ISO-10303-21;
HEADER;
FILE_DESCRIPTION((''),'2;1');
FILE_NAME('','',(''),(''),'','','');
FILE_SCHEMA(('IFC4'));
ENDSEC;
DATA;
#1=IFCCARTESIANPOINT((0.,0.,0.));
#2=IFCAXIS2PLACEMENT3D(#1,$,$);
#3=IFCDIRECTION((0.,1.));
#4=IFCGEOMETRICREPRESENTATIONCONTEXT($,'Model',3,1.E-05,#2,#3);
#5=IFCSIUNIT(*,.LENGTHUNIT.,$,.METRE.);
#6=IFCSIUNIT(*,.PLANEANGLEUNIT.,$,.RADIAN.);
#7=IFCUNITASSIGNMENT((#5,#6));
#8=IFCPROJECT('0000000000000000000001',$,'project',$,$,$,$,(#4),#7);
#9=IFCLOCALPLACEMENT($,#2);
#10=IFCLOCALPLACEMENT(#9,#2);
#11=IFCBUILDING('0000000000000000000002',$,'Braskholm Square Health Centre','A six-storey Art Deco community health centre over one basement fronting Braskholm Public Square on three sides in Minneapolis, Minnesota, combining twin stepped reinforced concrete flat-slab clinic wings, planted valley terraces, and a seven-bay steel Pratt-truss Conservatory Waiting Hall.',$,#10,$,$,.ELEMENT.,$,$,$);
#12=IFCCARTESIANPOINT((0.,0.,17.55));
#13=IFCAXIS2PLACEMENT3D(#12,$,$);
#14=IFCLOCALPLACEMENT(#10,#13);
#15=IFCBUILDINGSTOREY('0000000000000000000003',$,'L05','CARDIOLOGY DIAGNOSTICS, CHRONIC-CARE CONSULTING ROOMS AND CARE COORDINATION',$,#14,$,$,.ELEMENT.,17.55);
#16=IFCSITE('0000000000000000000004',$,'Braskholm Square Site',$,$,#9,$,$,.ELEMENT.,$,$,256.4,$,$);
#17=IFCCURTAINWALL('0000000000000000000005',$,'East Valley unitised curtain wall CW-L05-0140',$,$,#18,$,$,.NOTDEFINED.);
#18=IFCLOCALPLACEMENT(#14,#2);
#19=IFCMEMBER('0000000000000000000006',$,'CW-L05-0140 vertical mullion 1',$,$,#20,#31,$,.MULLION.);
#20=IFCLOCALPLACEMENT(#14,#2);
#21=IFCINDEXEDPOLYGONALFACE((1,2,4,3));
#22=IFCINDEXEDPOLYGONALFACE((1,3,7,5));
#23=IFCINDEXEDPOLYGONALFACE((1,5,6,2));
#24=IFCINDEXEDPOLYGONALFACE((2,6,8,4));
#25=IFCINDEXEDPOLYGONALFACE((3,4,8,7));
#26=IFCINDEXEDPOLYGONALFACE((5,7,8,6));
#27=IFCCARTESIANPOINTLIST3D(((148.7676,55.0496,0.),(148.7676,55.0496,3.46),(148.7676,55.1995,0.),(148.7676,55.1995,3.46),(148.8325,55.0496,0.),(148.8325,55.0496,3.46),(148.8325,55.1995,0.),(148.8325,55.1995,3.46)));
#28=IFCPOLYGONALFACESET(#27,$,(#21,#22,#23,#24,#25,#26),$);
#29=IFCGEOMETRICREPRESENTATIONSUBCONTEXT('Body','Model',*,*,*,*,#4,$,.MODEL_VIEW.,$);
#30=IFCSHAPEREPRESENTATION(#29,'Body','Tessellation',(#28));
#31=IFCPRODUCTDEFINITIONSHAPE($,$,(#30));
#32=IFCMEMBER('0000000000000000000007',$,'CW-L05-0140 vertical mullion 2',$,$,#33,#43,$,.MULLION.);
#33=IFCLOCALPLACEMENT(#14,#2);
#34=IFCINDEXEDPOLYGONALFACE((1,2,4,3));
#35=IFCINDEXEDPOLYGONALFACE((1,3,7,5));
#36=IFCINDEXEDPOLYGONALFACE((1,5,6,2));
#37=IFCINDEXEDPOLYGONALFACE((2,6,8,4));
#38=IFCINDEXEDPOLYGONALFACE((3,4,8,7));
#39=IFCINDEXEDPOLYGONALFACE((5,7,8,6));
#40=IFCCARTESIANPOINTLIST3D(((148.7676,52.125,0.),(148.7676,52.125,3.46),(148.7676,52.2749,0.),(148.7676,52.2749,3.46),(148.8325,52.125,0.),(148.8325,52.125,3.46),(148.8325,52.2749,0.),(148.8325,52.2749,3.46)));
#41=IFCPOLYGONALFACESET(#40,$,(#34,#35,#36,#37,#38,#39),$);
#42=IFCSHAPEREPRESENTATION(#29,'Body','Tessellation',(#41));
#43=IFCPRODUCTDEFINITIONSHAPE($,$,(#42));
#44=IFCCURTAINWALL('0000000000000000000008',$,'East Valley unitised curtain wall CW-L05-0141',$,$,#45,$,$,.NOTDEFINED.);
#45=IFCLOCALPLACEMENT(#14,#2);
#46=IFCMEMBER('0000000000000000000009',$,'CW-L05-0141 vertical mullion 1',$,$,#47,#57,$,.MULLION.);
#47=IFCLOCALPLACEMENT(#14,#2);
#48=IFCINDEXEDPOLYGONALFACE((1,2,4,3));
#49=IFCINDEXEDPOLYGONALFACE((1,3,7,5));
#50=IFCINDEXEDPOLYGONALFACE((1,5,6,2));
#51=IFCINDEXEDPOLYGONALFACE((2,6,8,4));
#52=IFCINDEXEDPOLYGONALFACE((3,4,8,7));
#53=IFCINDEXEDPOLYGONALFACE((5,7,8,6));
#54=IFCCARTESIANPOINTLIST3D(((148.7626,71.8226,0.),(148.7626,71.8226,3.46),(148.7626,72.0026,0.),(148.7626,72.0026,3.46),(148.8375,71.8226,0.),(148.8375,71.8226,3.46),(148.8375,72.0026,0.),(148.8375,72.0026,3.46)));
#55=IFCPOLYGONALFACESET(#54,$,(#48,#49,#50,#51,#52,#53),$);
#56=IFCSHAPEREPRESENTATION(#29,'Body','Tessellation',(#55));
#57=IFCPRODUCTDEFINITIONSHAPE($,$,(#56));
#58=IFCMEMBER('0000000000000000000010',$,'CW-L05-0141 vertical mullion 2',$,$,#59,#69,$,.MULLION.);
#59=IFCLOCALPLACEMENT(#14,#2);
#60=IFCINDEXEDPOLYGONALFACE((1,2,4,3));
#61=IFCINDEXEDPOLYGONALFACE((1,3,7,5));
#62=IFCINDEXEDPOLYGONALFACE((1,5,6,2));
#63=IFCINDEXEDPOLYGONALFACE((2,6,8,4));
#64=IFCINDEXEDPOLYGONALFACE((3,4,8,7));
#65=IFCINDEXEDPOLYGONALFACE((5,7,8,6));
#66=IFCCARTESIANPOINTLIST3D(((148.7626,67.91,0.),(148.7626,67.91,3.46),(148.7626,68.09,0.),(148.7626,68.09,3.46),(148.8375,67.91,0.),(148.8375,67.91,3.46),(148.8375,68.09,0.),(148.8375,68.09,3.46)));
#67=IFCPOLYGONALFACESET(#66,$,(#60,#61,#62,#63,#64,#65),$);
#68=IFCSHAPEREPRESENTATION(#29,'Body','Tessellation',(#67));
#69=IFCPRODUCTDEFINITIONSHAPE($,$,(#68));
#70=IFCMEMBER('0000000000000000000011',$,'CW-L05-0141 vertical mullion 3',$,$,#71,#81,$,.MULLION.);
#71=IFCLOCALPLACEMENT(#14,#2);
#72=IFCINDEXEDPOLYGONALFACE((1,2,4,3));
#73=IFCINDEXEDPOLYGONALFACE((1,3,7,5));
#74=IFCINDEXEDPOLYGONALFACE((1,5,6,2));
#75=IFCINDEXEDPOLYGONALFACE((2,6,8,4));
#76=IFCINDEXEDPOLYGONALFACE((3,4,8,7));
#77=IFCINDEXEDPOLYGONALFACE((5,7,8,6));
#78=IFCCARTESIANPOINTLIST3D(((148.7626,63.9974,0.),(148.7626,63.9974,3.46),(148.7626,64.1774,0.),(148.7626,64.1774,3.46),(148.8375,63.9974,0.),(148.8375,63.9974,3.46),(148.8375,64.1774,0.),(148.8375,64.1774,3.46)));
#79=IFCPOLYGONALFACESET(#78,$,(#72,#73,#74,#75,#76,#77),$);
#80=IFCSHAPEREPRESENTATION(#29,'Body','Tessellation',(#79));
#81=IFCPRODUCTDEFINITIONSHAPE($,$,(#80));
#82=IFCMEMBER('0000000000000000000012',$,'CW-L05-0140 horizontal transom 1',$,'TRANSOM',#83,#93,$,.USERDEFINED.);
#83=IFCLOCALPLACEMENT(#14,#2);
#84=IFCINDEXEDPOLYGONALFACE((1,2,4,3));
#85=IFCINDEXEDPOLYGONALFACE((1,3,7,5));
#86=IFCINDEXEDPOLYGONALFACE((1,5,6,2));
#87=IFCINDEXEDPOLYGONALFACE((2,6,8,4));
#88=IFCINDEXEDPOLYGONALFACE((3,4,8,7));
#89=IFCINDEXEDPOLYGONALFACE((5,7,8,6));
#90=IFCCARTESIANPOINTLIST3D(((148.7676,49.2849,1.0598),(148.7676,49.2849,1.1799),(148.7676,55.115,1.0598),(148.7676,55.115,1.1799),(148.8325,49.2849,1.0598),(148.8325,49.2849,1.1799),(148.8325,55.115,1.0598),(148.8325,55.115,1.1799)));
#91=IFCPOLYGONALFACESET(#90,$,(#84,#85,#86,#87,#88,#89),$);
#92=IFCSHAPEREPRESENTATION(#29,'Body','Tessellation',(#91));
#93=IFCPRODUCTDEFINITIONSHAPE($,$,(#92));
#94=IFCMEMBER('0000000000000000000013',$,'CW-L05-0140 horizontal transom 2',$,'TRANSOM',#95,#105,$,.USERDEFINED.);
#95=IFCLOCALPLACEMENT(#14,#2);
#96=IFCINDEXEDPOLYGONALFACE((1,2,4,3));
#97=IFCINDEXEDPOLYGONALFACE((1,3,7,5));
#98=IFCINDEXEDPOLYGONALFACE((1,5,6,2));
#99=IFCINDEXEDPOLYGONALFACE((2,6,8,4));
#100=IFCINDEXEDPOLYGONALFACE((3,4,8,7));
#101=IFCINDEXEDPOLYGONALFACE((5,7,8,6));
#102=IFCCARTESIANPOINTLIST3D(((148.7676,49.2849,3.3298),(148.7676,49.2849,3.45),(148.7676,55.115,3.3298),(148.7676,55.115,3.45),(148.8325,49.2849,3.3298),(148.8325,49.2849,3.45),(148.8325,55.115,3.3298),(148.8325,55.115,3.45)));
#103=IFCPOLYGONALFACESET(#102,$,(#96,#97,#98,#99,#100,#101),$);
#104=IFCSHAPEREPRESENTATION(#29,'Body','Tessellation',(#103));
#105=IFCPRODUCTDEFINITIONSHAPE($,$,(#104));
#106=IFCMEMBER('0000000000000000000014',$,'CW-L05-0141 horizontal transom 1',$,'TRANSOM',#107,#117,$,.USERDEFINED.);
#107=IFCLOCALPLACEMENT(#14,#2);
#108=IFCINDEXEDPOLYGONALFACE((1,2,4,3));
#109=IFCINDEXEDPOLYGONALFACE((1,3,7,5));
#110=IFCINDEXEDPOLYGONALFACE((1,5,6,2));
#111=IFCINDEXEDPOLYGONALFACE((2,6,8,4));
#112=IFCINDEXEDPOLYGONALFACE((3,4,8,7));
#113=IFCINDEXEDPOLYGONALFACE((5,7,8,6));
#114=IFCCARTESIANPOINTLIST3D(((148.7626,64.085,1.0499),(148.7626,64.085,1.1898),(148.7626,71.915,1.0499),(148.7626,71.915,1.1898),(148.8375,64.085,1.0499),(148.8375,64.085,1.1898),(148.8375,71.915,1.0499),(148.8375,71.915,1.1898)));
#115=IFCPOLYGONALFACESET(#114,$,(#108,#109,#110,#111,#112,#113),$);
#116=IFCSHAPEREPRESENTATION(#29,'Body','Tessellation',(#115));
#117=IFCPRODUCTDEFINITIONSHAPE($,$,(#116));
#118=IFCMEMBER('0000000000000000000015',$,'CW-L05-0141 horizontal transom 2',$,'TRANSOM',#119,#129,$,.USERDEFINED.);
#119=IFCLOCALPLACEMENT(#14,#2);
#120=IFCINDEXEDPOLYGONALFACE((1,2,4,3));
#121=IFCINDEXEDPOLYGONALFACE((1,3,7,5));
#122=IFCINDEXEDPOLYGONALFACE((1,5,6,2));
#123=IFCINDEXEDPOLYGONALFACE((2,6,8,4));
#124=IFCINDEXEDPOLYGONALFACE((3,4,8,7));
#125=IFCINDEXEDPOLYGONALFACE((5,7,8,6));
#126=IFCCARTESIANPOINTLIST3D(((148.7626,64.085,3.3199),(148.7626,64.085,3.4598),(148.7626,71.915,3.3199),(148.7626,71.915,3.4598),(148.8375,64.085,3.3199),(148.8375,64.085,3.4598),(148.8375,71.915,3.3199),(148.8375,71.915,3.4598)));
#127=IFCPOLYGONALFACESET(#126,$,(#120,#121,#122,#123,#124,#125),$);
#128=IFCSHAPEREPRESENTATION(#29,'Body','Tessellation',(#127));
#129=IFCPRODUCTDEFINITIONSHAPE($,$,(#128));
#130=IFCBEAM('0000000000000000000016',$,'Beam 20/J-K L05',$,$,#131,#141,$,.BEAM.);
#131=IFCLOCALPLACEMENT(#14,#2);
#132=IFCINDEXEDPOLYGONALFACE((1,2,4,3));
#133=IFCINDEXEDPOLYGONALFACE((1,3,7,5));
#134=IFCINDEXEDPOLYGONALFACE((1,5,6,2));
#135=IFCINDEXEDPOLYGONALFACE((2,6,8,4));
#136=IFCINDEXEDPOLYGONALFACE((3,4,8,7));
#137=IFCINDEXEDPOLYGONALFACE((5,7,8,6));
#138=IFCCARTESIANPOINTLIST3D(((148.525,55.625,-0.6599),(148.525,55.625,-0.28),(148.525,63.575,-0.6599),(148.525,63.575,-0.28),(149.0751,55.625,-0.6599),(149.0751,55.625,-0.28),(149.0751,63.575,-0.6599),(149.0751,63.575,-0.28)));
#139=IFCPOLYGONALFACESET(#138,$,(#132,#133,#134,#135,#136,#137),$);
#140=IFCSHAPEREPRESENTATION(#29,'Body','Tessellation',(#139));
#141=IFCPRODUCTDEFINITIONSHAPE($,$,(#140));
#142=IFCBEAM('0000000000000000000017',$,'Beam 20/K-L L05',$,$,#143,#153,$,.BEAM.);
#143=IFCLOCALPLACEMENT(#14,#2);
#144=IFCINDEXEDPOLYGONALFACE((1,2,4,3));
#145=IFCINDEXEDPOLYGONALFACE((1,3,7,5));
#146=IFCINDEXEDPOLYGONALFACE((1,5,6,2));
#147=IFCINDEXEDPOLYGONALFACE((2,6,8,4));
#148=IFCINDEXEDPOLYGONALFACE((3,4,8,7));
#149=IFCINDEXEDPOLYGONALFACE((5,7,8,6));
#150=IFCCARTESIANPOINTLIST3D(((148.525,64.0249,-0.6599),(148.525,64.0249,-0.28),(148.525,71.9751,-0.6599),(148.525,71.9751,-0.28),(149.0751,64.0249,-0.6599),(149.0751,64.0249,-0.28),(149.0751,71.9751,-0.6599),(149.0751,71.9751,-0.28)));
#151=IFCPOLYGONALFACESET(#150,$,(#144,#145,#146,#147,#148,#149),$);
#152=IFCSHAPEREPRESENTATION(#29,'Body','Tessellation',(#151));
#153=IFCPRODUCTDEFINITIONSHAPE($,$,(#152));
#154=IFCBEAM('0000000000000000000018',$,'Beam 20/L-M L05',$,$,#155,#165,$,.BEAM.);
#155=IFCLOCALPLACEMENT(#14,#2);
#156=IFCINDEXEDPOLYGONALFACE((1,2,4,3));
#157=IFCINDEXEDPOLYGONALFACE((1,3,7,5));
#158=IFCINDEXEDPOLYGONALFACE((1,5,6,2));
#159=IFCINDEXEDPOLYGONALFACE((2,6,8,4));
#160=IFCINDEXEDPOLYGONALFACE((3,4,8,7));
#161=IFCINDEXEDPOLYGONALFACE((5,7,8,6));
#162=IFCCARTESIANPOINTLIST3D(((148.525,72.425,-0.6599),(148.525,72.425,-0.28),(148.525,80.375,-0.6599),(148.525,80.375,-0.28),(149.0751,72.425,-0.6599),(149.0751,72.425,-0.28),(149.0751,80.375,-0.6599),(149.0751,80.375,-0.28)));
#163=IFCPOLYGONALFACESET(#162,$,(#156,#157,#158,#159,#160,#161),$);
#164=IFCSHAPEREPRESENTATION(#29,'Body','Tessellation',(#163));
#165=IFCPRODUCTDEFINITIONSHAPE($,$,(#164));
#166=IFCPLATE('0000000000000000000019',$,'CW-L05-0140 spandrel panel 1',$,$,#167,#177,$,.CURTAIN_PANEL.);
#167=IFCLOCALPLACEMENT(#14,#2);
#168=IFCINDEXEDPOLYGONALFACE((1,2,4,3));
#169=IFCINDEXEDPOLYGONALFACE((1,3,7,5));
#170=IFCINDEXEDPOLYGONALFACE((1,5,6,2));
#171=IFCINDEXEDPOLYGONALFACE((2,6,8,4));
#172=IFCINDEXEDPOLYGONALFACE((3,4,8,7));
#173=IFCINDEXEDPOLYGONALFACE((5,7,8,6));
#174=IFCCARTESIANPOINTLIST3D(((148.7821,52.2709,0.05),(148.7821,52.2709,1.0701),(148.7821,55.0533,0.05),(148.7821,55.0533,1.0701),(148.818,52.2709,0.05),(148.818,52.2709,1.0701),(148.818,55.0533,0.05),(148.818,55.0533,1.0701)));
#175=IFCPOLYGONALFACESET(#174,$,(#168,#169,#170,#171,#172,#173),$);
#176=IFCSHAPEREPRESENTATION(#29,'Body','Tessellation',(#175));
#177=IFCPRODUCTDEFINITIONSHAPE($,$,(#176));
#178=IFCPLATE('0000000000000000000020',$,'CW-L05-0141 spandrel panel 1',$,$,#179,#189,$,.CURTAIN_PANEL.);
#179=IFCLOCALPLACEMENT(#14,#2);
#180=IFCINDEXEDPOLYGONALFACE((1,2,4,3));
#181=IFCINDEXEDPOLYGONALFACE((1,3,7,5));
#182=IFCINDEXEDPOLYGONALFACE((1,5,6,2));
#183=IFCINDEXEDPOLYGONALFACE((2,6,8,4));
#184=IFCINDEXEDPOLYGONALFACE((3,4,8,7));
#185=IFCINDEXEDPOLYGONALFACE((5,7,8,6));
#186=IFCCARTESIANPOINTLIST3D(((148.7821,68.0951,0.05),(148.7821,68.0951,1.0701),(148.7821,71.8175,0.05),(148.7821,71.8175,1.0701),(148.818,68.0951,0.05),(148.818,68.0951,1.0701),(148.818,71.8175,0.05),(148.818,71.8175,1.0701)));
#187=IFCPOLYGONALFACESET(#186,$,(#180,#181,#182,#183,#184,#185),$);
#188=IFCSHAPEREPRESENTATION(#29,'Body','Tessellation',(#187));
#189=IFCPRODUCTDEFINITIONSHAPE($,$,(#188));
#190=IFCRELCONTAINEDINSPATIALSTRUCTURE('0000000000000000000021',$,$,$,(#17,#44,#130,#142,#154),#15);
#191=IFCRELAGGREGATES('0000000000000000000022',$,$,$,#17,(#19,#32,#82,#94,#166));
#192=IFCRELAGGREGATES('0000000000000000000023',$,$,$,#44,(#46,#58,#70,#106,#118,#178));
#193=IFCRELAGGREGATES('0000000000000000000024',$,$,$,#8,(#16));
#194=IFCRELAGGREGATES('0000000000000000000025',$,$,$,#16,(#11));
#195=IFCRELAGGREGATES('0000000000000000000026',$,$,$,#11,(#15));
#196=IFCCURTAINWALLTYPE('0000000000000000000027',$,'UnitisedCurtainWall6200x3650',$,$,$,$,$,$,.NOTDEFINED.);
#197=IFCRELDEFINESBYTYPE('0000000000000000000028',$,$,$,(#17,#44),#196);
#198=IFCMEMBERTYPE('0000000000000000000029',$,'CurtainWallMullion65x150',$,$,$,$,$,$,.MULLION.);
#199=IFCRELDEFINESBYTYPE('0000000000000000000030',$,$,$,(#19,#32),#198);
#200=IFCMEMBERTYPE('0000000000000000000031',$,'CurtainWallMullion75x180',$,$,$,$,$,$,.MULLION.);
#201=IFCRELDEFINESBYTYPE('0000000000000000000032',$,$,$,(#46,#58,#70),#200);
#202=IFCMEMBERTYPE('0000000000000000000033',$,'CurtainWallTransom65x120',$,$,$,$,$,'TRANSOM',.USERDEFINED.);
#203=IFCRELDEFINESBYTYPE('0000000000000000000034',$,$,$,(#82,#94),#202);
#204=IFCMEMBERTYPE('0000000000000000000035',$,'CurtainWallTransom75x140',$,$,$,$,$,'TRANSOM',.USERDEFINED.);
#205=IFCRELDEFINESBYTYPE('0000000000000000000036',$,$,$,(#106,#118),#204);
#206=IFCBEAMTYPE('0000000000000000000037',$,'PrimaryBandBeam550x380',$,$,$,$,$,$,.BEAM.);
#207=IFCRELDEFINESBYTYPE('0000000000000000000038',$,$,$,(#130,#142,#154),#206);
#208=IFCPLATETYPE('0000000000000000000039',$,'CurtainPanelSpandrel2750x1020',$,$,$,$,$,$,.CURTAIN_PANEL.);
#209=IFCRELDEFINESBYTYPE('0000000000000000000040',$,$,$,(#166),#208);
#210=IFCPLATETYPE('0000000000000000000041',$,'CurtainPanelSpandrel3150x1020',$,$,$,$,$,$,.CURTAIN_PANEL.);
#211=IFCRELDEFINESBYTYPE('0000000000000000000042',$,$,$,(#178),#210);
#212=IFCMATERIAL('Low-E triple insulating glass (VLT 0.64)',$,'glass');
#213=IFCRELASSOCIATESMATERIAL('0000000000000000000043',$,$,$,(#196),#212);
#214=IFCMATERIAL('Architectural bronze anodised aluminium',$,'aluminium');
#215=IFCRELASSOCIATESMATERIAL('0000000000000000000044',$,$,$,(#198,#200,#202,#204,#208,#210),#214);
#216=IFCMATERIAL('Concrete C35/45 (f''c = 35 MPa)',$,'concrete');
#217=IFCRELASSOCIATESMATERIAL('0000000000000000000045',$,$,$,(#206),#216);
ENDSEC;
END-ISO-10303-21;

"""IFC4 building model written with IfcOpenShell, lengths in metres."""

from ifc_helpers import new_model, si_unit, direction, frame, origin, origin_2d, place, context, subcontext, project, spatial, rectangle, extrude, material, material_profile, profile_set, type_object, element, aggregate, save


model = new_model("IFC4")

# Units and contexts
model_context = context("Model", 3, precision=1e-05, world=origin(), true_north=direction((0.0, 1.0)))
body_context = subcontext(model_context, "Body", "Model", "MODEL_VIEW")
ifc_project = project(units=[si_unit("LENGTHUNIT", "METRE"), si_unit("PLANEANGLEUNIT", "RADIAN")], contexts=[model_context])

# Site, building, storey
site_placement = place(None, origin())
site = spatial("IfcSite", under=ifc_project, at=site_placement, Name="Braskholm Square Site", CompositionType="ELEMENT", RefElevation=256.4)
building_placement = place(site_placement, origin())
building = spatial("IfcBuilding", under=site, at=building_placement, Name="Braskholm Square Health Centre", Description="A six-storey Art Deco community health centre over one basement fronting Braskholm Public Square on three sides in Minneapolis, Minnesota, combining twin stepped reinforced concrete flat-slab clinic wings, planted valley terraces, and a seven-bay steel Pratt-truss Conservatory Waiting Hall.", CompositionType="ELEMENT")
storey_placement = place(building_placement, frame((0.0, 0.0, 17.55)))
storey = spatial("IfcBuildingStorey", under=building, at=storey_placement, Name="L05", Description="CARDIOLOGY DIAGNOSTICS, CHRONIC-CARE CONSULTING ROOMS AND CARE COORDINATION", CompositionType="ELEMENT", Elevation=17.55)

# Curtain walls, members
ifc_material_1 = material(Name="Low-E triple insulating glass (VLT 0.64)", Category="glass")
curtain_wall_type = type_object("IfcCurtainWallType", Name="UnitisedCurtainWall6200x3650", PredefinedType="NOTDEFINED", material=ifc_material_1)
curtain_wall_1_placement = place(storey_placement, origin())
curtain_wall_1 = element("IfcCurtainWall", 1, at=curtain_wall_1_placement, inside=storey, type_object=curtain_wall_type, Name="East Valley unitised curtain wall CW-L05-0140", PredefinedType="NOTDEFINED")
ifc_material_2 = material(Name="Architectural bronze anodised aluminium", Category="aluminium")
ifc_material_profile_1 = material_profile(ifc_material_2, rectangle(XDim=0.0649, YDim=0.1499, at=origin_2d()), Name="ALU-65X150")
ifc_profile_set_1 = profile_set([ifc_material_profile_1], Name="Architectural bronze anodised aluminium")
member_type_1 = type_object("IfcMemberType", Name="CurtainWallMullion65x150", PredefinedType="MULLION", material=ifc_profile_set_1)
member_1_placement = place(storey_placement, frame((148.8, 55.1245, 0.0), z_axis=(0.0, 0.0, 1.0), x_axis=(1.0, 0.0, 0.0)))
member_1 = element("IfcMember", 2, at=member_1_placement, type_object=member_type_1, Name="CW-L05-0140 vertical mullion 1", PredefinedType="MULLION", context=body_context, shape_type="SweptSolid", body=[
    extrude(rectangle(XDim=0.0649, YDim=0.1499, at=origin_2d()), origin(), (0.0, 0.0, 1.0), 3.46),
])
member_2_placement = place(storey_placement, frame((148.8, 52.2, 0.0), z_axis=(0.0, 0.0, 1.0), x_axis=(1.0, 0.0, 0.0)))
member_2 = element("IfcMember", 3, at=member_2_placement, type_object=member_type_1, Name="CW-L05-0140 vertical mullion 2", PredefinedType="MULLION", context=body_context, shape_type="SweptSolid", body=[
    extrude(rectangle(XDim=0.0649, YDim=0.1499, at=origin_2d()), origin(), (0.0, 0.0, 1.0), 3.46),
])
curtain_wall_2_placement = place(storey_placement, origin())
curtain_wall_2 = element("IfcCurtainWall", 4, at=curtain_wall_2_placement, inside=storey, type_object=curtain_wall_type, Name="East Valley unitised curtain wall CW-L05-0141", PredefinedType="NOTDEFINED")
ifc_material_profile_2 = material_profile(ifc_material_2, rectangle(XDim=0.075, YDim=0.1799, at=origin_2d()), Name="ALU-75X180")
ifc_profile_set_2 = profile_set([ifc_material_profile_2], Name="Architectural bronze anodised aluminium")
member_type_2 = type_object("IfcMemberType", Name="CurtainWallMullion75x180", PredefinedType="MULLION", material=ifc_profile_set_2)
member_3_placement = place(storey_placement, frame((148.8, 71.9126, 0.0), z_axis=(0.0, 0.0, 1.0), x_axis=(1.0, 0.0, 0.0)))
member_3 = element("IfcMember", 5, at=member_3_placement, type_object=member_type_2, Name="CW-L05-0141 vertical mullion 1", PredefinedType="MULLION", context=body_context, shape_type="SweptSolid", body=[
    extrude(rectangle(XDim=0.075, YDim=0.1799, at=origin_2d()), origin(), (0.0, 0.0, 1.0), 3.46),
])
member_4_placement = place(storey_placement, frame((148.8, 68.0, 0.0), z_axis=(0.0, 0.0, 1.0), x_axis=(1.0, 0.0, 0.0)))
member_4 = element("IfcMember", 6, at=member_4_placement, type_object=member_type_2, Name="CW-L05-0141 vertical mullion 2", PredefinedType="MULLION", context=body_context, shape_type="SweptSolid", body=[
    extrude(rectangle(XDim=0.075, YDim=0.1799, at=origin_2d()), origin(), (0.0, 0.0, 1.0), 3.46),
])
member_5_placement = place(storey_placement, frame((148.8, 64.0874, 0.0), z_axis=(0.0, 0.0, 1.0), x_axis=(1.0, 0.0, 0.0)))
member_5 = element("IfcMember", 7, at=member_5_placement, type_object=member_type_2, Name="CW-L05-0141 vertical mullion 3", PredefinedType="MULLION", context=body_context, shape_type="SweptSolid", body=[
    extrude(rectangle(XDim=0.075, YDim=0.1799, at=origin_2d()), origin(), (0.0, 0.0, 1.0), 3.46),
])

# Members
ifc_material_profile_3 = material_profile(ifc_material_2, rectangle(XDim=0.0649, YDim=0.1201, at=origin_2d()), Name="ALU-65X120")
ifc_profile_set_3 = profile_set([ifc_material_profile_3], Name="Architectural bronze anodised aluminium")
member_type_3 = type_object("IfcMemberType", Name="CurtainWallTransom65x120", ElementType="TRANSOM", PredefinedType="USERDEFINED", material=ifc_profile_set_3)
member_6_placement = place(storey_placement, frame((148.8, 55.115, 1.1199), z_axis=(0.0, -1.0, 0.0), x_axis=(1.0, 0.0, 0.0)))
member_6 = element("IfcMember", 8, at=member_6_placement, type_object=member_type_3, Name="CW-L05-0140 horizontal transom 1", ObjectType="TRANSOM", PredefinedType="USERDEFINED", context=body_context, shape_type="SweptSolid", body=[
    extrude(rectangle(XDim=0.0649, YDim=0.1201, at=origin_2d()), origin(), (0.0, 0.0, 1.0), 5.8301),
])
member_7_placement = place(storey_placement, frame((148.8, 55.115, 3.3899), z_axis=(0.0, -1.0, 0.0), x_axis=(1.0, 0.0, 0.0)))
member_7 = element("IfcMember", 9, at=member_7_placement, type_object=member_type_3, Name="CW-L05-0140 horizontal transom 2", ObjectType="TRANSOM", PredefinedType="USERDEFINED", context=body_context, shape_type="SweptSolid", body=[
    extrude(rectangle(XDim=0.0649, YDim=0.1201, at=origin_2d()), origin(), (0.0, 0.0, 1.0), 5.8301),
])
ifc_material_profile_4 = material_profile(ifc_material_2, rectangle(XDim=0.075, YDim=0.1399, at=origin_2d()), Name="ALU-75X140")
ifc_profile_set_4 = profile_set([ifc_material_profile_4], Name="Architectural bronze anodised aluminium")
member_type_4 = type_object("IfcMemberType", Name="CurtainWallTransom75x140", ElementType="TRANSOM", PredefinedType="USERDEFINED", material=ifc_profile_set_4)
member_8_placement = place(storey_placement, frame((148.8, 71.915, 1.1199), z_axis=(0.0, -1.0, 0.0), x_axis=(1.0, 0.0, 0.0)))
member_8 = element("IfcMember", 10, at=member_8_placement, type_object=member_type_4, Name="CW-L05-0141 horizontal transom 1", ObjectType="TRANSOM", PredefinedType="USERDEFINED", context=body_context, shape_type="SweptSolid", body=[
    extrude(rectangle(XDim=0.075, YDim=0.1399, at=origin_2d()), origin(), (0.0, 0.0, 1.0), 7.8301),
])
member_9_placement = place(storey_placement, frame((148.8, 71.915, 3.3899), z_axis=(0.0, -1.0, 0.0), x_axis=(1.0, 0.0, 0.0)))
member_9 = element("IfcMember", 11, at=member_9_placement, type_object=member_type_4, Name="CW-L05-0141 horizontal transom 2", ObjectType="TRANSOM", PredefinedType="USERDEFINED", context=body_context, shape_type="SweptSolid", body=[
    extrude(rectangle(XDim=0.075, YDim=0.1399, at=origin_2d()), origin(), (0.0, 0.0, 1.0), 7.8301),
])

# Beams
ifc_material_3 = material(Name="Concrete C35/45 (f'c = 35 MPa)", Category="concrete")
ifc_material_profile_5 = material_profile(ifc_material_3, rectangle(XDim=0.55, YDim=0.3799, at=origin_2d()), Name="RCB-550X380")
ifc_profile_set_5 = profile_set([ifc_material_profile_5], Name="Concrete C35/45 (f'c = 35 MPa)")
beam_type = type_object("IfcBeamType", Name="PrimaryBandBeam550x380", PredefinedType="BEAM", material=ifc_profile_set_5)
beam_1_placement = place(storey_placement, frame((148.8, 55.625, -0.47), z_axis=(0.0, 1.0, 0.0), x_axis=(-1.0, 0.0, 0.0)))
element("IfcBeam", 12, at=beam_1_placement, inside=storey, type_object=beam_type, Name="Beam 20/J-K L05", PredefinedType="BEAM", context=body_context, shape_type="SweptSolid", body=[
    extrude(rectangle(XDim=0.55, YDim=0.3799, at=origin_2d()), origin(), (0.0, 0.0, 1.0), 7.95),
])
beam_2_placement = place(storey_placement, frame((148.8, 64.0249, -0.47), z_axis=(0.0, 1.0, 0.0), x_axis=(-1.0, 0.0, 0.0)))
element("IfcBeam", 13, at=beam_2_placement, inside=storey, type_object=beam_type, Name="Beam 20/K-L L05", PredefinedType="BEAM", context=body_context, shape_type="SweptSolid", body=[
    extrude(rectangle(XDim=0.55, YDim=0.3799, at=origin_2d()), origin(), (0.0, 0.0, 1.0), 7.9502),
])
beam_3_placement = place(storey_placement, frame((148.8, 72.425, -0.47), z_axis=(0.0, 1.0, 0.0), x_axis=(-1.0, 0.0, 0.0)))
element("IfcBeam", 14, at=beam_3_placement, inside=storey, type_object=beam_type, Name="Beam 20/L-M L05", PredefinedType="BEAM", context=body_context, shape_type="SweptSolid", body=[
    extrude(rectangle(XDim=0.55, YDim=0.3799, at=origin_2d()), origin(), (0.0, 0.0, 1.0), 7.95),
])

# Plates
plate_type_1 = type_object("IfcPlateType", Name="CurtainPanelSpandrel2750x1020", PredefinedType="CURTAIN_PANEL", material=ifc_material_2)
plate_1_placement = place(storey_placement, frame((148.8, 53.6621, 0.05), z_axis=(0.0, 0.0, 1.0), x_axis=(0.0, -1.0, 0.0)))
plate_1 = element("IfcPlate", 15, at=plate_1_placement, type_object=plate_type_1, Name="CW-L05-0140 spandrel panel 1", PredefinedType="CURTAIN_PANEL", context=body_context, shape_type="SweptSolid", body=[
    extrude(rectangle(XDim=2.7825, YDim=0.0359, at=origin_2d()), origin(), (0.0, 0.0, 1.0), 1.02),
])
plate_type_2 = type_object("IfcPlateType", Name="CurtainPanelSpandrel3150x1020", PredefinedType="CURTAIN_PANEL", material=ifc_material_2)
plate_2_placement = place(storey_placement, frame((148.8, 69.9563, 0.05), z_axis=(0.0, 0.0, 1.0), x_axis=(0.0, -1.0, 0.0)))
plate_2 = element("IfcPlate", 16, at=plate_2_placement, type_object=plate_type_2, Name="CW-L05-0141 spandrel panel 1", PredefinedType="CURTAIN_PANEL", context=body_context, shape_type="SweptSolid", body=[
    extrude(rectangle(XDim=3.7224, YDim=0.0359, at=origin_2d()), origin(), (0.0, 0.0, 1.0), 1.02),
])
aggregate(curtain_wall_1, [member_1, member_2, member_6, member_7, plate_1])
aggregate(curtain_wall_2, [member_3, member_4, member_5, member_8, member_9, plate_2])

save(model, "model.ifc")
